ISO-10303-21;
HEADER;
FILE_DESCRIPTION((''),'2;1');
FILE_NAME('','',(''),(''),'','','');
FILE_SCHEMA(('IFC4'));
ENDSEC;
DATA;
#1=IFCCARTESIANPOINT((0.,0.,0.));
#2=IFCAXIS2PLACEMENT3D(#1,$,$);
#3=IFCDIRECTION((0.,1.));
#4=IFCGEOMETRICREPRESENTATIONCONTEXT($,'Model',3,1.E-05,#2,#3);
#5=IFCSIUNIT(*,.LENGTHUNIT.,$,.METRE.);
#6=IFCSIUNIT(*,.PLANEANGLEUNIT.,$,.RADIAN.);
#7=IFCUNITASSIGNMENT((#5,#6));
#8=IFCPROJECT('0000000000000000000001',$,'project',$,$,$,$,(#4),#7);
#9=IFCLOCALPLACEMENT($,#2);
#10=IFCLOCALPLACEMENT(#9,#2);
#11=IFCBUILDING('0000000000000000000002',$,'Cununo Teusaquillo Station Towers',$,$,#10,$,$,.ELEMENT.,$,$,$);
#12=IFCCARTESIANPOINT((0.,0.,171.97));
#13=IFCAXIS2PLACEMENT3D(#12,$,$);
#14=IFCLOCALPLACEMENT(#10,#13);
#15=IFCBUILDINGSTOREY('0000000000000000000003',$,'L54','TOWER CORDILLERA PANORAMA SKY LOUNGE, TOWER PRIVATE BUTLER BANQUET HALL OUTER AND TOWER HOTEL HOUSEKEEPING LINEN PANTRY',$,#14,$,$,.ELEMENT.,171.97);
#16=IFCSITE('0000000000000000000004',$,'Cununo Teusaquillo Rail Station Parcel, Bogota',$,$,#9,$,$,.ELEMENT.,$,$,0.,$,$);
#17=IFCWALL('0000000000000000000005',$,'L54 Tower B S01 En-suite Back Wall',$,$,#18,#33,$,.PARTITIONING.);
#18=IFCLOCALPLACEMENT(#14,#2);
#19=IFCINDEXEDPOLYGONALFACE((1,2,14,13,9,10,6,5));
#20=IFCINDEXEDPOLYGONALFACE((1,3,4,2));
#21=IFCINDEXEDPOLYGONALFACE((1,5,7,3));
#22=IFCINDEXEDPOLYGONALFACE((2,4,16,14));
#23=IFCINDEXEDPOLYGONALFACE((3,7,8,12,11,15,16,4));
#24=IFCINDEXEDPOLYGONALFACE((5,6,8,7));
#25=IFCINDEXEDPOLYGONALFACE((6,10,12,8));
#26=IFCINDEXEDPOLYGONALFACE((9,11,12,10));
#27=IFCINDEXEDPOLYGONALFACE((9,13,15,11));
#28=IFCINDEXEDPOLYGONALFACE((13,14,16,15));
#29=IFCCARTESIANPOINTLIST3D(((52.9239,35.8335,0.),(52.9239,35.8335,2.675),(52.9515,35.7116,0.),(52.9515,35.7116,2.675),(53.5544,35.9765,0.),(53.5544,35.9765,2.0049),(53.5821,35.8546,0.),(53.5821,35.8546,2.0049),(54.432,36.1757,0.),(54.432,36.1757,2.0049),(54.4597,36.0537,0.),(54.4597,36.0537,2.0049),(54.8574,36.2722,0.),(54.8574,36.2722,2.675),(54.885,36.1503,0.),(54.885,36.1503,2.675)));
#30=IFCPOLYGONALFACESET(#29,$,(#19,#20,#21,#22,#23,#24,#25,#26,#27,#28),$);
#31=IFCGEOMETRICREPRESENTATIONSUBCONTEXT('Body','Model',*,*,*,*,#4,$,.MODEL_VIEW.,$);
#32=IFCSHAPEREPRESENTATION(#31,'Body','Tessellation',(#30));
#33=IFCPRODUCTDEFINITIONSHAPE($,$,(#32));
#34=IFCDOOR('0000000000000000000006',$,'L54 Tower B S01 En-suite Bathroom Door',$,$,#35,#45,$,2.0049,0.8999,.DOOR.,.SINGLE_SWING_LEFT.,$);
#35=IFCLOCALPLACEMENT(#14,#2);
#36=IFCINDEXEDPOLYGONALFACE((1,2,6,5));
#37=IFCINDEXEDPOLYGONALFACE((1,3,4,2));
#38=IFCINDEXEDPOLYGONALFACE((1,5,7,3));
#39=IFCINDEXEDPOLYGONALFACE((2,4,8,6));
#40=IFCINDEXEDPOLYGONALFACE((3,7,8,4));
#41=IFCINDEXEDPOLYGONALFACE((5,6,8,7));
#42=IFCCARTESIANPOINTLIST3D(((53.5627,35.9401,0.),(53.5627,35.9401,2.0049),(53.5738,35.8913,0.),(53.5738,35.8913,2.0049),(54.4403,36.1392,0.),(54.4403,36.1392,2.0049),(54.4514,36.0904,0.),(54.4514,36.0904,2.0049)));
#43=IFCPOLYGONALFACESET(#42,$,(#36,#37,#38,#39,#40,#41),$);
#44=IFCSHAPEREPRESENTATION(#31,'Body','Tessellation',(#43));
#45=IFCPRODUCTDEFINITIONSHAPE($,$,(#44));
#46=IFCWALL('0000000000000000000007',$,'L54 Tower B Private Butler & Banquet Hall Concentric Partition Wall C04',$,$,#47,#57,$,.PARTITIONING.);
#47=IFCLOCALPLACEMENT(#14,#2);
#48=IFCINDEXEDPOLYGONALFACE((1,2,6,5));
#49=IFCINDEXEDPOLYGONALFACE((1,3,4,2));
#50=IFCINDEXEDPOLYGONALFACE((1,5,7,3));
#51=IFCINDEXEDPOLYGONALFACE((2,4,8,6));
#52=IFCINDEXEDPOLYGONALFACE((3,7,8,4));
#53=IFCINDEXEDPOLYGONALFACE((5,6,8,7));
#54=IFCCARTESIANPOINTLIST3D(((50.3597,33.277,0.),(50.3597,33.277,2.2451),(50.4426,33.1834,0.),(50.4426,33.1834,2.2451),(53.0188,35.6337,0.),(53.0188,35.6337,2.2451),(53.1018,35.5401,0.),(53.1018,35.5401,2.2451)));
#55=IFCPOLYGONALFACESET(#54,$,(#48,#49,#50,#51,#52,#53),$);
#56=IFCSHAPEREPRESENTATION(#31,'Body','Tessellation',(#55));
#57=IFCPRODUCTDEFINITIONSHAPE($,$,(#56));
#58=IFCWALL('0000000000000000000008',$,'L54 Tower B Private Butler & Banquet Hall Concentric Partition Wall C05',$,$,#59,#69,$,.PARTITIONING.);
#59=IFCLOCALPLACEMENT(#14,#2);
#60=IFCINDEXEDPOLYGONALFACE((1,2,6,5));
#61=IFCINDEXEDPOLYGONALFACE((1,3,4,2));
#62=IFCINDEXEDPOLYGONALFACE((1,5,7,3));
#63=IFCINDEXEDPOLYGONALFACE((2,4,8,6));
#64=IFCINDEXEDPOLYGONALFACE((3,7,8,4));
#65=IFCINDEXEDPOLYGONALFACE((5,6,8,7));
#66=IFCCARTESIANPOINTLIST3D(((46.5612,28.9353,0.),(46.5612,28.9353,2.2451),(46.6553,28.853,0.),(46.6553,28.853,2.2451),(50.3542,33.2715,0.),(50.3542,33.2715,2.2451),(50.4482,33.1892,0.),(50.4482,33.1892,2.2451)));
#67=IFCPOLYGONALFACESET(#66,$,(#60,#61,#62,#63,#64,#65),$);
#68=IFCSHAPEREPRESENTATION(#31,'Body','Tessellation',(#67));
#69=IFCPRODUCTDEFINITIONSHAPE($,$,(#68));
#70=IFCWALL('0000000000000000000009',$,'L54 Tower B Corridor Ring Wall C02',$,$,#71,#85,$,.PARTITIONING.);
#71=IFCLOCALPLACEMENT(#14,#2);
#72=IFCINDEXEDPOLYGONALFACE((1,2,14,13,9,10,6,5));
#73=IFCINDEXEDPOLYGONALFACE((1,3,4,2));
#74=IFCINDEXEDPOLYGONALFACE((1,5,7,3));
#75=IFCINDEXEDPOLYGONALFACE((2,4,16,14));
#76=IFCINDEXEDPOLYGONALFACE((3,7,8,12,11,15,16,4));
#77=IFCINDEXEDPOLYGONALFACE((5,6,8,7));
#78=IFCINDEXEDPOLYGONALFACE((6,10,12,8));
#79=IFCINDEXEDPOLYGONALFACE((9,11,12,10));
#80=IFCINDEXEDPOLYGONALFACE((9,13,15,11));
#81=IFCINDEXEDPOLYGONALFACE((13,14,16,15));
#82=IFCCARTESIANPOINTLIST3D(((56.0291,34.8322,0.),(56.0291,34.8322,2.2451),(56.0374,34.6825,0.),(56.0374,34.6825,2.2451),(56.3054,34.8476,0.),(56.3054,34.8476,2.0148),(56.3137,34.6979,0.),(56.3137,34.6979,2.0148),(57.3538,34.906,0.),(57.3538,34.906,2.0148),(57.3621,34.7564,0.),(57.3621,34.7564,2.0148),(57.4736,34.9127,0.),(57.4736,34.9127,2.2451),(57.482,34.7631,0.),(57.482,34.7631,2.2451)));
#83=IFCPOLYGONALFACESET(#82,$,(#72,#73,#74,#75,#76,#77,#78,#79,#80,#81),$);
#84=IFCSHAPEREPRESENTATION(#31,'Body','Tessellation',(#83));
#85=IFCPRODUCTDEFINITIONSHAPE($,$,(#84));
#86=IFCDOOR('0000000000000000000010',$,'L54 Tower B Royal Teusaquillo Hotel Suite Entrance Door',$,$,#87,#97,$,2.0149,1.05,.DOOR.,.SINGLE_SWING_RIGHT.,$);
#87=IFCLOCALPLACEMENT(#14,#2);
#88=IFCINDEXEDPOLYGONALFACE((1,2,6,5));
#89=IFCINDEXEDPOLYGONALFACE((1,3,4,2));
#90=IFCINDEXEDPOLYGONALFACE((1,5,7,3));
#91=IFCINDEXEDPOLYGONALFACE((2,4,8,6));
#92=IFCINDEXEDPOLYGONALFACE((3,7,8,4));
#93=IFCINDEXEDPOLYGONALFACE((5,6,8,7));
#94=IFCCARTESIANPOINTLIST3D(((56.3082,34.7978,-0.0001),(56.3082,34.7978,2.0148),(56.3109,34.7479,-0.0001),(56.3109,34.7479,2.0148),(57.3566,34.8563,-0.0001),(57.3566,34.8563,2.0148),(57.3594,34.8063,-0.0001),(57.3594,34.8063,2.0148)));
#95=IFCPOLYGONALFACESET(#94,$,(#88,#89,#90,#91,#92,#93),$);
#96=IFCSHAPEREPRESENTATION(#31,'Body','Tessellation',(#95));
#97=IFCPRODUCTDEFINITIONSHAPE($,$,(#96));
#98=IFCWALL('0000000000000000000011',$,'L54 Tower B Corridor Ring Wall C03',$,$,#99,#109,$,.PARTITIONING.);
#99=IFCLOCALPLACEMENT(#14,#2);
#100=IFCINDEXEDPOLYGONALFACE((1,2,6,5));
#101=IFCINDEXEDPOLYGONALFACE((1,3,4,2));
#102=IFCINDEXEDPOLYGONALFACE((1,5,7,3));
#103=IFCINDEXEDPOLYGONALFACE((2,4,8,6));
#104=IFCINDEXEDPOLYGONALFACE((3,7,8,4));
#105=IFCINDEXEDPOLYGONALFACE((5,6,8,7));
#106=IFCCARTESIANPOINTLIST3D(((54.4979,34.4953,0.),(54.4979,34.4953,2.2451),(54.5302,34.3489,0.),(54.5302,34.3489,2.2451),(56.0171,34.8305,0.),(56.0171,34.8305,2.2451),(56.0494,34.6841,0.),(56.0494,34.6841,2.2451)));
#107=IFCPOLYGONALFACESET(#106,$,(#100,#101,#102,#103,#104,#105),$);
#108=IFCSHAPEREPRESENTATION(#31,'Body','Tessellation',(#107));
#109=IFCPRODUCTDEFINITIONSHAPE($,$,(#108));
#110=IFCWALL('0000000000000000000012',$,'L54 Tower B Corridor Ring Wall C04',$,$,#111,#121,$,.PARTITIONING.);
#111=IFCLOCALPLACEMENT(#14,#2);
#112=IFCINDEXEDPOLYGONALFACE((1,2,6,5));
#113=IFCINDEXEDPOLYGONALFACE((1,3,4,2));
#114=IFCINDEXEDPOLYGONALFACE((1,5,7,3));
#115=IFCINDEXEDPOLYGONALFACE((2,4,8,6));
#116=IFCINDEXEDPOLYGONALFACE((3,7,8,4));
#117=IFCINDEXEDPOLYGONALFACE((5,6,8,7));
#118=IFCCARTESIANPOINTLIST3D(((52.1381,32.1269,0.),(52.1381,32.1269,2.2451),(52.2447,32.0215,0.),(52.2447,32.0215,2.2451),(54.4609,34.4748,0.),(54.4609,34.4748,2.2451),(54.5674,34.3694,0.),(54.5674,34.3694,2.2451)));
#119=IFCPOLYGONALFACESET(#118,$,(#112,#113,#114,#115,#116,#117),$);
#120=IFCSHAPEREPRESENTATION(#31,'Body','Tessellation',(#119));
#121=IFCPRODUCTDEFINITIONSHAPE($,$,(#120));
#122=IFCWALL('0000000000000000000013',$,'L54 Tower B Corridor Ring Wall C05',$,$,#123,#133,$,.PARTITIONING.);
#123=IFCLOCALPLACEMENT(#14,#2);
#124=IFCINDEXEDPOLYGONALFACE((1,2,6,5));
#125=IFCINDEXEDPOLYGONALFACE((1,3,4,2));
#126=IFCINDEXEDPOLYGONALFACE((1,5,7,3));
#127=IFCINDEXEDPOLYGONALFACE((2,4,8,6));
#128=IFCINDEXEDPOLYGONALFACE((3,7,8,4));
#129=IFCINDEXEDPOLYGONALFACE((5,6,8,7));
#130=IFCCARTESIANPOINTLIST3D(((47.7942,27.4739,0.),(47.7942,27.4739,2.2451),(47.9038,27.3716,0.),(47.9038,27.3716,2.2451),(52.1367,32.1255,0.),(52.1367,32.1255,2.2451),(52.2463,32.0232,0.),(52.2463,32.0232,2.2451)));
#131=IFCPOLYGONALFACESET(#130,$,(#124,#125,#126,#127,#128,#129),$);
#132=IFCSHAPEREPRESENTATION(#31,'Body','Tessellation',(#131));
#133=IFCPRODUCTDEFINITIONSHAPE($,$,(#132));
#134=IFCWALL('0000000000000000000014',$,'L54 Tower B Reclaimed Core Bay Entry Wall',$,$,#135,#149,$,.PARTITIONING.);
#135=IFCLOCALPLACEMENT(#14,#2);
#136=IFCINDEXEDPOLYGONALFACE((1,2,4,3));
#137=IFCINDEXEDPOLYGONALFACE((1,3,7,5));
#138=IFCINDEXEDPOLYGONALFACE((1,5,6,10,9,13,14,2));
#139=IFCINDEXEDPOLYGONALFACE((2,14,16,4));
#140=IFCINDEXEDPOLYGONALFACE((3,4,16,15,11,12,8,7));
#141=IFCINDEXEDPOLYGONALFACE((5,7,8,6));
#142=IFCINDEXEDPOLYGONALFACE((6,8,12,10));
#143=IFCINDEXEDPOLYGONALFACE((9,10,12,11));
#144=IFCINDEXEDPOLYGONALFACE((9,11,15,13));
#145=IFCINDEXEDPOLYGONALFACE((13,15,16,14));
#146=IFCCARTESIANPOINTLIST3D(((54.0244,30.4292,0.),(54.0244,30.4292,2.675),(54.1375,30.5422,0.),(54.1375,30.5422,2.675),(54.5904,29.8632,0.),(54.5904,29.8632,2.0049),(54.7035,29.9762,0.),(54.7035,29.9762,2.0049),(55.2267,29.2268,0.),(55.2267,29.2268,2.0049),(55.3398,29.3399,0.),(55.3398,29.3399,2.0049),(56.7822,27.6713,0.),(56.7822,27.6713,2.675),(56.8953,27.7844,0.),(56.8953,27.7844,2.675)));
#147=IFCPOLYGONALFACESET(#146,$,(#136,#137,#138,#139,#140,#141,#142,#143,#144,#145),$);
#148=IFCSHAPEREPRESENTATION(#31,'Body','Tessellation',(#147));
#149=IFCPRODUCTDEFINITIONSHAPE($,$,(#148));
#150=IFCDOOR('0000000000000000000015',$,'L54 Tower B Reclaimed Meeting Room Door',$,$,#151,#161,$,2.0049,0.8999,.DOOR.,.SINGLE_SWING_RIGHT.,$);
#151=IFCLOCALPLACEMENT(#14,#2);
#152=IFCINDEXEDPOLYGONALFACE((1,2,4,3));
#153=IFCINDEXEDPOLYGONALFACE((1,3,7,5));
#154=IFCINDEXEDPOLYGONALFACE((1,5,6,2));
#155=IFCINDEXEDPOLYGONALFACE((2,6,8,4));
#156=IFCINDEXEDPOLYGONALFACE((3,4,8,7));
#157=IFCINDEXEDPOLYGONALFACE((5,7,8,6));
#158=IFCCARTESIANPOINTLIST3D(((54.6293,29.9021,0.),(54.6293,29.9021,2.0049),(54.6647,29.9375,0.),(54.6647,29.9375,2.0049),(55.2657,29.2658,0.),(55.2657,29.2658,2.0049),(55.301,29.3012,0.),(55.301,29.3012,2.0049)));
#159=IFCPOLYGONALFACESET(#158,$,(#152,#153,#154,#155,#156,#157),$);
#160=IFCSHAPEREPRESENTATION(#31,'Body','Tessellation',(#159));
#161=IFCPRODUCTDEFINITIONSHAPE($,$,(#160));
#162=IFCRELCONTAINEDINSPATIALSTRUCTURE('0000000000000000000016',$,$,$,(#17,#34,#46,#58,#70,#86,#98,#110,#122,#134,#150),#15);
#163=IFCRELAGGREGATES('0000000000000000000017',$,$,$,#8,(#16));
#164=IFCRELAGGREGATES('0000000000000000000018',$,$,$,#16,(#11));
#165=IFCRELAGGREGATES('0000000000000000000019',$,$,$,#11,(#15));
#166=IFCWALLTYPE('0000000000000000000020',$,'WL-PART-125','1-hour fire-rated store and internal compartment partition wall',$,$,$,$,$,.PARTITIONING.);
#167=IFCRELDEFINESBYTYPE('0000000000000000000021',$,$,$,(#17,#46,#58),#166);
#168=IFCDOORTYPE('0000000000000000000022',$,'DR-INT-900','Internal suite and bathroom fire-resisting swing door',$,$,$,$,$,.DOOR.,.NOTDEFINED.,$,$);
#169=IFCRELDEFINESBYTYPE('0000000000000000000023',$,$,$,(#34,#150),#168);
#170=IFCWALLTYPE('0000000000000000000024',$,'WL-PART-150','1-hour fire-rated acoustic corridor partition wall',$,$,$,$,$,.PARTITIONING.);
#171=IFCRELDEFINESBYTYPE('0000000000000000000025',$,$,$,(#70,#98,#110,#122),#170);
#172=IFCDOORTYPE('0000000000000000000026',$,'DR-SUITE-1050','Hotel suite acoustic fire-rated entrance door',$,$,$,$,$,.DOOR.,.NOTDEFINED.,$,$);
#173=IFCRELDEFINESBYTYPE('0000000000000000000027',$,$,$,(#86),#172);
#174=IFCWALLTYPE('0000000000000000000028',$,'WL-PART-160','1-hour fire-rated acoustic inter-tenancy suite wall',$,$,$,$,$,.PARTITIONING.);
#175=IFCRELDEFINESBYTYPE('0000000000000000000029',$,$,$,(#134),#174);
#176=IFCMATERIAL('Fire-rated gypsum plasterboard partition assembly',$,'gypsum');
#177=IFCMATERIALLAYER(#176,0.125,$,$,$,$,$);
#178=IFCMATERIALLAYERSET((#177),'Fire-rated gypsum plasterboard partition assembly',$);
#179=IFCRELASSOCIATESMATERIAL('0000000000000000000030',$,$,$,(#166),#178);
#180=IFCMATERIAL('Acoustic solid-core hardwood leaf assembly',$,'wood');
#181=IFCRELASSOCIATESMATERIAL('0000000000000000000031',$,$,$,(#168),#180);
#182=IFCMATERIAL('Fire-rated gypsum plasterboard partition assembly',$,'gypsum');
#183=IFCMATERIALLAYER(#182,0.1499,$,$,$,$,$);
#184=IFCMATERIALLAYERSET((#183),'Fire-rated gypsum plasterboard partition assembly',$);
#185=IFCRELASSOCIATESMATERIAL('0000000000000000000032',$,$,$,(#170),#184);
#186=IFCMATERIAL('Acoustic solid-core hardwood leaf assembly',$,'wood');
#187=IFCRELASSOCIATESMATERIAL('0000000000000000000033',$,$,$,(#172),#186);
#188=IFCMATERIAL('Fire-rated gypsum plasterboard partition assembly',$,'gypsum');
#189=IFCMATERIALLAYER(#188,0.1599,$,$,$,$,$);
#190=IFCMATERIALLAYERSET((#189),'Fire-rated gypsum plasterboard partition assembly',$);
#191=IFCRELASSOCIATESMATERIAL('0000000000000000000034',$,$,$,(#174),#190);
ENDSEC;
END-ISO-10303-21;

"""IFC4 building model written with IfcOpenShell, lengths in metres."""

from ifc_helpers import new_model, si_unit, direction, frame, frame_2d, origin, place, context, subcontext, project, spatial, rectangle, extrude, source, transform, mapped, material, layer, layer_set, type_object, element, fill, save


model = new_model("IFC4")

# Units and contexts
model_context = context("Model", 3, precision=1e-05, world=origin(), true_north=direction((0.0, 1.0)))
body_context = subcontext(model_context, "Body", "Model", "MODEL_VIEW")
ifc_project = project(units=[si_unit("LENGTHUNIT", "METRE"), si_unit("PLANEANGLEUNIT", "RADIAN")], contexts=[model_context])

# Site, building, storey
site_placement = place(None, origin())
site = spatial("IfcSite", under=ifc_project, at=site_placement, Name="Cununo Teusaquillo Rail Station Parcel, Bogota", CompositionType="ELEMENT", RefElevation=0.0)
building_placement = place(site_placement, origin())
building = spatial("IfcBuilding", under=site, at=building_placement, Name="Cununo Teusaquillo Station Towers", CompositionType="ELEMENT")
storey_placement = place(building_placement, frame((0.0, 0.0, 171.97)))
storey = spatial("IfcBuildingStorey", under=building, at=storey_placement, Name="L54", Description="TOWER CORDILLERA PANORAMA SKY LOUNGE, TOWER PRIVATE BUTLER BANQUET HALL OUTER AND TOWER HOTEL HOUSEKEEPING LINEN PANTRY", CompositionType="ELEMENT", Elevation=171.97)

# Shared definitions
ifc_material_1 = material(Name="Fire-rated gypsum plasterboard partition assembly", Category="gypsum")
ifc_layer_1 = layer(ifc_material_1, 0.125)
ifc_layer_set_1 = layer_set([ifc_layer_1], Name="Fire-rated gypsum plasterboard partition assembly")
wall_type_1 = type_object("IfcWallType", Name="WL-PART-125", Description="1-hour fire-rated store and internal compartment partition wall", PredefinedType="PARTITIONING", material=ifc_layer_set_1)

# Wall, opening, door
wall_1_placement = place(storey_placement, frame((54.8711, 36.2112, 0.0), z_axis=(0.0, 0.0, 1.0), x_axis=(-0.975213, -0.22127, 0.0)))
wall_1 = element("IfcWall", 1, at=wall_1_placement, inside=storey, type_object=wall_type_1, Name="L54 Tower B S01 En-suite Back Wall", PredefinedType="PARTITIONING", context=body_context, shape_type="SweptSolid", body=[
    extrude(rectangle(XDim=1.9827, YDim=0.125, at=frame_2d((0.9912, 0.0))), origin(), (0.0, 0.0, 1.0), 2.675),
])
shared_shape_1 = source(origin(), body_context, "Body", "SweptSolid", [
    extrude(rectangle(XDim=0.8999, YDim=2.0049, at=frame_2d((0.45, 1.0024))), frame((0.0, 0.0725, 0.0), z_axis=(0.0, -1.0, 0.0), x_axis=(1.0, 0.0, 0.0)), (0.0, 0.0, 1.0), 0.145),
])
opening_1_placement = place(wall_1_placement, frame((0.436, 0.0, 0.0)))
opening_1 = element("IfcOpeningElement", 2, at=opening_1_placement, cuts=wall_1, PredefinedType="OPENING", context=body_context, shape_type="MappedRepresentation", body=[
    mapped(shared_shape_1, transform((0.0, 0.0, 0.0), x_axis=(1.0, 0.0, 0.0), y_axis=(0.0, 1.0, 0.0), z_axis=(0.0, 0.0, 1.0), scale=1.0)),
])
ifc_material_2 = material(Name="Acoustic solid-core hardwood leaf assembly", Category="wood")
door_type_1 = type_object("IfcDoorType", Name="DR-INT-900", Description="Internal suite and bathroom fire-resisting swing door", OperationType="NOTDEFINED", PredefinedType="DOOR", material=ifc_material_2)
shared_shape_2 = source(origin(), body_context, "Body", "SweptSolid", [
    extrude(rectangle(XDim=0.8999, YDim=2.0049, at=frame_2d((0.45, 1.0024))), frame((0.0, 0.0249, 0.0), z_axis=(0.0, -1.0, 0.0), x_axis=(1.0, 0.0, 0.0)), (0.0, 0.0, 1.0), 0.05),
])
door_1_placement = place(opening_1_placement, origin())
door_1 = element("IfcDoor", 3, at=door_1_placement, inside=storey, type_object=door_type_1, Name="L54 Tower B S01 En-suite Bathroom Door", OperationType="SINGLE_SWING_LEFT", OverallHeight=2.0049, OverallWidth=0.8999, PredefinedType="DOOR", context=body_context, shape_type="MappedRepresentation", body=[
    mapped(shared_shape_2, transform((0.0, 0.0, 0.0), x_axis=(1.0, 0.0, 0.0), y_axis=(0.0, 1.0, 0.0), z_axis=(0.0, 0.0, 1.0), scale=1.0)),
])
fill(opening_1, door_1)

# Walls
wall_2_placement = place(storey_placement, frame((53.0603, 35.5869, 0.0), z_axis=(0.0, 0.0, 1.0), x_axis=(-0.74839, -0.663259, 0.0)))
element("IfcWall", 4, at=wall_2_placement, inside=storey, type_object=wall_type_1, Name="L54 Tower B Private Butler & Banquet Hall Concentric Partition Wall C04", PredefinedType="PARTITIONING", context=body_context, shape_type="SweptSolid", body=[
    extrude(rectangle(XDim=3.5532, YDim=0.125, at=frame_2d((1.7766, 0.0))), origin(), (0.0, 0.0, 1.0), 2.2451),
])
wall_3_placement = place(storey_placement, frame((50.4011, 33.2302, 0.0), z_axis=(0.0, 0.0, 1.0), x_axis=(-0.658388, -0.752679, 0.0)))
element("IfcWall", 5, at=wall_3_placement, inside=storey, type_object=wall_type_1, Name="L54 Tower B Private Butler & Banquet Hall Concentric Partition Wall C05", PredefinedType="PARTITIONING", context=body_context, shape_type="SweptSolid", body=[
    extrude(rectangle(XDim=5.761, YDim=0.125, at=frame_2d((2.8804, 0.0))), origin(), (0.0, 0.0, 1.0), 2.2451),
])

# Wall, opening, door
ifc_material_3 = material(Name="Fire-rated gypsum plasterboard partition assembly", Category="gypsum")
ifc_layer_2 = layer(ifc_material_3, 0.1499)
ifc_layer_set_2 = layer_set([ifc_layer_2], Name="Fire-rated gypsum plasterboard partition assembly")
wall_type_2 = type_object("IfcWallType", Name="WL-PART-150", Description="1-hour fire-rated acoustic corridor partition wall", PredefinedType="PARTITIONING", material=ifc_layer_set_2)
wall_4_placement = place(storey_placement, frame((57.4778, 34.8379, 0.0), z_axis=(0.0, 0.0, 1.0), x_axis=(-0.998448, -0.055685, 0.0)))
wall_4 = element("IfcWall", 6, at=wall_4_placement, inside=storey, type_object=wall_type_2, Name="L54 Tower B Corridor Ring Wall C02", PredefinedType="PARTITIONING", context=body_context, shape_type="SweptSolid", body=[
    extrude(rectangle(XDim=1.4468, YDim=0.1499, at=frame_2d((0.7234, 0.0))), origin(), (0.0, 0.0, 1.0), 2.2451),
])
shared_shape_3 = source(origin(), body_context, "Body", "SweptSolid", [
    extrude(rectangle(XDim=1.05, YDim=2.0149, at=frame_2d((0.5249, 1.0073))), frame((0.0, 0.085, 0.0), z_axis=(0.0, -1.0, 0.0), x_axis=(1.0, 0.0, 0.0)), (0.0, 0.0, 1.0), 0.1699),
])
opening_2_placement = place(wall_4_placement, frame((0.1201, 0.0, 0.0)))
opening_2 = element("IfcOpeningElement", 7, at=opening_2_placement, cuts=wall_4, PredefinedType="OPENING", context=body_context, shape_type="MappedRepresentation", body=[
    mapped(shared_shape_3, transform((0.0, 0.0, 0.0), x_axis=(1.0, 0.0, 0.0), y_axis=(0.0, 1.0, 0.0), z_axis=(0.0, 0.0, 1.0), scale=1.0)),
])
ifc_material_4 = material(Name="Acoustic solid-core hardwood leaf assembly", Category="wood")
door_type_2 = type_object("IfcDoorType", Name="DR-SUITE-1050", Description="Hotel suite acoustic fire-rated entrance door", OperationType="NOTDEFINED", PredefinedType="DOOR", material=ifc_material_4)
shared_shape_4 = source(origin(), body_context, "Body", "SweptSolid", [
    extrude(rectangle(XDim=1.05, YDim=2.0149, at=frame_2d((0.5249, 1.0073))), frame((0.0, 0.0249, 0.0), z_axis=(0.0, -1.0, 0.0), x_axis=(1.0, 0.0, 0.0)), (0.0, 0.0, 1.0), 0.05),
])
door_2_placement = place(opening_2_placement, origin())
door_2 = element("IfcDoor", 8, at=door_2_placement, inside=storey, type_object=door_type_2, Name="L54 Tower B Royal Teusaquillo Hotel Suite Entrance Door", OperationType="SINGLE_SWING_RIGHT", OverallHeight=2.0149, OverallWidth=1.05, PredefinedType="DOOR", context=body_context, shape_type="MappedRepresentation", body=[
    mapped(shared_shape_4, transform((0.0, 0.0, 0.0), x_axis=(1.0, 0.0, 0.0), y_axis=(0.0, 1.0, 0.0), z_axis=(0.0, 0.0, 1.0), scale=1.0)),
])
fill(opening_2, door_2)

# Walls
wall_5_placement = place(storey_placement, frame((56.0332, 34.7573, 0.0), z_axis=(0.0, 0.0, 1.0), x_axis=(-0.976507, -0.215484, 0.0)))
element("IfcWall", 9, at=wall_5_placement, inside=storey, type_object=wall_type_2, Name="L54 Tower B Corridor Ring Wall C03", PredefinedType="PARTITIONING", context=body_context, shape_type="SweptSolid", body=[
    extrude(rectangle(XDim=1.5557, YDim=0.1499, at=frame_2d((0.7778, 0.0))), origin(), (0.0, 0.0, 1.0), 2.2451),
])
wall_6_placement = place(storey_placement, frame((54.5142, 34.4221, 0.0), z_axis=(0.0, 0.0, 1.0), x_axis=(-0.70329, -0.710903, 0.0)))
element("IfcWall", 10, at=wall_6_placement, inside=storey, type_object=wall_type_2, Name="L54 Tower B Corridor Ring Wall C04", PredefinedType="PARTITIONING", context=body_context, shape_type="SweptSolid", body=[
    extrude(rectangle(XDim=3.3027, YDim=0.1499, at=frame_2d((1.6514, 0.0))), origin(), (0.0, 0.0, 1.0), 2.2451),
])
wall_7_placement = place(storey_placement, frame((52.1914, 32.0742, 0.0), z_axis=(0.0, 0.0, 1.0), x_axis=(-0.682404, -0.730975, 0.0)))
element("IfcWall", 11, at=wall_7_placement, inside=storey, type_object=wall_type_2, Name="L54 Tower B Corridor Ring Wall C05", PredefinedType="PARTITIONING", context=body_context, shape_type="SweptSolid", body=[
    extrude(rectangle(XDim=6.3635, YDim=0.1499, at=frame_2d((3.1816, 0.0))), origin(), (0.0, 0.0, 1.0), 2.2451),
])

# Wall, opening, door
ifc_material_5 = material(Name="Fire-rated gypsum plasterboard partition assembly", Category="gypsum")
ifc_layer_3 = layer(ifc_material_5, 0.1599)
ifc_layer_set_3 = layer_set([ifc_layer_3], Name="Fire-rated gypsum plasterboard partition assembly")
wall_type_3 = type_object("IfcWallType", Name="WL-PART-160", Description="1-hour fire-rated acoustic inter-tenancy suite wall", PredefinedType="PARTITIONING", material=ifc_layer_set_3)
wall_8_placement = place(storey_placement, frame((56.8389, 27.7278, 0.0), z_axis=(0.0, 0.0, 1.0), x_axis=(-0.707107, 0.707107, 0.0)))
wall_8 = element("IfcWall", 12, at=wall_8_placement, inside=storey, type_object=wall_type_3, Name="L54 Tower B Reclaimed Core Bay Entry Wall", PredefinedType="PARTITIONING", context=body_context, shape_type="SweptSolid", body=[
    extrude(rectangle(XDim=3.9001, YDim=0.1599, at=frame_2d((1.9502, 0.0))), origin(), (0.0, 0.0, 1.0), 2.675),
])
shared_shape_5 = source(origin(), body_context, "Body", "SweptSolid", [
    extrude(rectangle(XDim=0.8999, YDim=2.0049, at=frame_2d((0.45, 1.0024))), frame((0.0, 0.0898, 0.0), z_axis=(0.0, -1.0, 0.0), x_axis=(1.0, 0.0, 0.0)), (0.0, 0.0, 1.0), 0.1799),
])
opening_3_placement = place(wall_8_placement, frame((2.2, 0.0, 0.0)))
opening_3 = element("IfcOpeningElement", 13, at=opening_3_placement, cuts=wall_8, PredefinedType="OPENING", context=body_context, shape_type="MappedRepresentation", body=[
    mapped(shared_shape_5, transform((0.0, 0.0, 0.0), x_axis=(1.0, 0.0, 0.0), y_axis=(0.0, 1.0, 0.0), z_axis=(0.0, 0.0, 1.0), scale=1.0)),
])
door_3_placement = place(opening_3_placement, origin())
door_3 = element("IfcDoor", 14, at=door_3_placement, inside=storey, type_object=door_type_1, Name="L54 Tower B Reclaimed Meeting Room Door", OperationType="SINGLE_SWING_RIGHT", OverallHeight=2.0049, OverallWidth=0.8999, PredefinedType="DOOR", context=body_context, shape_type="MappedRepresentation", body=[
    mapped(shared_shape_2, transform((0.0, 0.0, 0.0), x_axis=(1.0, 0.0, 0.0), y_axis=(0.0, 1.0, 0.0), z_axis=(0.0, 0.0, 1.0), scale=1.0)),
])
fill(opening_3, door_3)

save(model, "model.ifc")
